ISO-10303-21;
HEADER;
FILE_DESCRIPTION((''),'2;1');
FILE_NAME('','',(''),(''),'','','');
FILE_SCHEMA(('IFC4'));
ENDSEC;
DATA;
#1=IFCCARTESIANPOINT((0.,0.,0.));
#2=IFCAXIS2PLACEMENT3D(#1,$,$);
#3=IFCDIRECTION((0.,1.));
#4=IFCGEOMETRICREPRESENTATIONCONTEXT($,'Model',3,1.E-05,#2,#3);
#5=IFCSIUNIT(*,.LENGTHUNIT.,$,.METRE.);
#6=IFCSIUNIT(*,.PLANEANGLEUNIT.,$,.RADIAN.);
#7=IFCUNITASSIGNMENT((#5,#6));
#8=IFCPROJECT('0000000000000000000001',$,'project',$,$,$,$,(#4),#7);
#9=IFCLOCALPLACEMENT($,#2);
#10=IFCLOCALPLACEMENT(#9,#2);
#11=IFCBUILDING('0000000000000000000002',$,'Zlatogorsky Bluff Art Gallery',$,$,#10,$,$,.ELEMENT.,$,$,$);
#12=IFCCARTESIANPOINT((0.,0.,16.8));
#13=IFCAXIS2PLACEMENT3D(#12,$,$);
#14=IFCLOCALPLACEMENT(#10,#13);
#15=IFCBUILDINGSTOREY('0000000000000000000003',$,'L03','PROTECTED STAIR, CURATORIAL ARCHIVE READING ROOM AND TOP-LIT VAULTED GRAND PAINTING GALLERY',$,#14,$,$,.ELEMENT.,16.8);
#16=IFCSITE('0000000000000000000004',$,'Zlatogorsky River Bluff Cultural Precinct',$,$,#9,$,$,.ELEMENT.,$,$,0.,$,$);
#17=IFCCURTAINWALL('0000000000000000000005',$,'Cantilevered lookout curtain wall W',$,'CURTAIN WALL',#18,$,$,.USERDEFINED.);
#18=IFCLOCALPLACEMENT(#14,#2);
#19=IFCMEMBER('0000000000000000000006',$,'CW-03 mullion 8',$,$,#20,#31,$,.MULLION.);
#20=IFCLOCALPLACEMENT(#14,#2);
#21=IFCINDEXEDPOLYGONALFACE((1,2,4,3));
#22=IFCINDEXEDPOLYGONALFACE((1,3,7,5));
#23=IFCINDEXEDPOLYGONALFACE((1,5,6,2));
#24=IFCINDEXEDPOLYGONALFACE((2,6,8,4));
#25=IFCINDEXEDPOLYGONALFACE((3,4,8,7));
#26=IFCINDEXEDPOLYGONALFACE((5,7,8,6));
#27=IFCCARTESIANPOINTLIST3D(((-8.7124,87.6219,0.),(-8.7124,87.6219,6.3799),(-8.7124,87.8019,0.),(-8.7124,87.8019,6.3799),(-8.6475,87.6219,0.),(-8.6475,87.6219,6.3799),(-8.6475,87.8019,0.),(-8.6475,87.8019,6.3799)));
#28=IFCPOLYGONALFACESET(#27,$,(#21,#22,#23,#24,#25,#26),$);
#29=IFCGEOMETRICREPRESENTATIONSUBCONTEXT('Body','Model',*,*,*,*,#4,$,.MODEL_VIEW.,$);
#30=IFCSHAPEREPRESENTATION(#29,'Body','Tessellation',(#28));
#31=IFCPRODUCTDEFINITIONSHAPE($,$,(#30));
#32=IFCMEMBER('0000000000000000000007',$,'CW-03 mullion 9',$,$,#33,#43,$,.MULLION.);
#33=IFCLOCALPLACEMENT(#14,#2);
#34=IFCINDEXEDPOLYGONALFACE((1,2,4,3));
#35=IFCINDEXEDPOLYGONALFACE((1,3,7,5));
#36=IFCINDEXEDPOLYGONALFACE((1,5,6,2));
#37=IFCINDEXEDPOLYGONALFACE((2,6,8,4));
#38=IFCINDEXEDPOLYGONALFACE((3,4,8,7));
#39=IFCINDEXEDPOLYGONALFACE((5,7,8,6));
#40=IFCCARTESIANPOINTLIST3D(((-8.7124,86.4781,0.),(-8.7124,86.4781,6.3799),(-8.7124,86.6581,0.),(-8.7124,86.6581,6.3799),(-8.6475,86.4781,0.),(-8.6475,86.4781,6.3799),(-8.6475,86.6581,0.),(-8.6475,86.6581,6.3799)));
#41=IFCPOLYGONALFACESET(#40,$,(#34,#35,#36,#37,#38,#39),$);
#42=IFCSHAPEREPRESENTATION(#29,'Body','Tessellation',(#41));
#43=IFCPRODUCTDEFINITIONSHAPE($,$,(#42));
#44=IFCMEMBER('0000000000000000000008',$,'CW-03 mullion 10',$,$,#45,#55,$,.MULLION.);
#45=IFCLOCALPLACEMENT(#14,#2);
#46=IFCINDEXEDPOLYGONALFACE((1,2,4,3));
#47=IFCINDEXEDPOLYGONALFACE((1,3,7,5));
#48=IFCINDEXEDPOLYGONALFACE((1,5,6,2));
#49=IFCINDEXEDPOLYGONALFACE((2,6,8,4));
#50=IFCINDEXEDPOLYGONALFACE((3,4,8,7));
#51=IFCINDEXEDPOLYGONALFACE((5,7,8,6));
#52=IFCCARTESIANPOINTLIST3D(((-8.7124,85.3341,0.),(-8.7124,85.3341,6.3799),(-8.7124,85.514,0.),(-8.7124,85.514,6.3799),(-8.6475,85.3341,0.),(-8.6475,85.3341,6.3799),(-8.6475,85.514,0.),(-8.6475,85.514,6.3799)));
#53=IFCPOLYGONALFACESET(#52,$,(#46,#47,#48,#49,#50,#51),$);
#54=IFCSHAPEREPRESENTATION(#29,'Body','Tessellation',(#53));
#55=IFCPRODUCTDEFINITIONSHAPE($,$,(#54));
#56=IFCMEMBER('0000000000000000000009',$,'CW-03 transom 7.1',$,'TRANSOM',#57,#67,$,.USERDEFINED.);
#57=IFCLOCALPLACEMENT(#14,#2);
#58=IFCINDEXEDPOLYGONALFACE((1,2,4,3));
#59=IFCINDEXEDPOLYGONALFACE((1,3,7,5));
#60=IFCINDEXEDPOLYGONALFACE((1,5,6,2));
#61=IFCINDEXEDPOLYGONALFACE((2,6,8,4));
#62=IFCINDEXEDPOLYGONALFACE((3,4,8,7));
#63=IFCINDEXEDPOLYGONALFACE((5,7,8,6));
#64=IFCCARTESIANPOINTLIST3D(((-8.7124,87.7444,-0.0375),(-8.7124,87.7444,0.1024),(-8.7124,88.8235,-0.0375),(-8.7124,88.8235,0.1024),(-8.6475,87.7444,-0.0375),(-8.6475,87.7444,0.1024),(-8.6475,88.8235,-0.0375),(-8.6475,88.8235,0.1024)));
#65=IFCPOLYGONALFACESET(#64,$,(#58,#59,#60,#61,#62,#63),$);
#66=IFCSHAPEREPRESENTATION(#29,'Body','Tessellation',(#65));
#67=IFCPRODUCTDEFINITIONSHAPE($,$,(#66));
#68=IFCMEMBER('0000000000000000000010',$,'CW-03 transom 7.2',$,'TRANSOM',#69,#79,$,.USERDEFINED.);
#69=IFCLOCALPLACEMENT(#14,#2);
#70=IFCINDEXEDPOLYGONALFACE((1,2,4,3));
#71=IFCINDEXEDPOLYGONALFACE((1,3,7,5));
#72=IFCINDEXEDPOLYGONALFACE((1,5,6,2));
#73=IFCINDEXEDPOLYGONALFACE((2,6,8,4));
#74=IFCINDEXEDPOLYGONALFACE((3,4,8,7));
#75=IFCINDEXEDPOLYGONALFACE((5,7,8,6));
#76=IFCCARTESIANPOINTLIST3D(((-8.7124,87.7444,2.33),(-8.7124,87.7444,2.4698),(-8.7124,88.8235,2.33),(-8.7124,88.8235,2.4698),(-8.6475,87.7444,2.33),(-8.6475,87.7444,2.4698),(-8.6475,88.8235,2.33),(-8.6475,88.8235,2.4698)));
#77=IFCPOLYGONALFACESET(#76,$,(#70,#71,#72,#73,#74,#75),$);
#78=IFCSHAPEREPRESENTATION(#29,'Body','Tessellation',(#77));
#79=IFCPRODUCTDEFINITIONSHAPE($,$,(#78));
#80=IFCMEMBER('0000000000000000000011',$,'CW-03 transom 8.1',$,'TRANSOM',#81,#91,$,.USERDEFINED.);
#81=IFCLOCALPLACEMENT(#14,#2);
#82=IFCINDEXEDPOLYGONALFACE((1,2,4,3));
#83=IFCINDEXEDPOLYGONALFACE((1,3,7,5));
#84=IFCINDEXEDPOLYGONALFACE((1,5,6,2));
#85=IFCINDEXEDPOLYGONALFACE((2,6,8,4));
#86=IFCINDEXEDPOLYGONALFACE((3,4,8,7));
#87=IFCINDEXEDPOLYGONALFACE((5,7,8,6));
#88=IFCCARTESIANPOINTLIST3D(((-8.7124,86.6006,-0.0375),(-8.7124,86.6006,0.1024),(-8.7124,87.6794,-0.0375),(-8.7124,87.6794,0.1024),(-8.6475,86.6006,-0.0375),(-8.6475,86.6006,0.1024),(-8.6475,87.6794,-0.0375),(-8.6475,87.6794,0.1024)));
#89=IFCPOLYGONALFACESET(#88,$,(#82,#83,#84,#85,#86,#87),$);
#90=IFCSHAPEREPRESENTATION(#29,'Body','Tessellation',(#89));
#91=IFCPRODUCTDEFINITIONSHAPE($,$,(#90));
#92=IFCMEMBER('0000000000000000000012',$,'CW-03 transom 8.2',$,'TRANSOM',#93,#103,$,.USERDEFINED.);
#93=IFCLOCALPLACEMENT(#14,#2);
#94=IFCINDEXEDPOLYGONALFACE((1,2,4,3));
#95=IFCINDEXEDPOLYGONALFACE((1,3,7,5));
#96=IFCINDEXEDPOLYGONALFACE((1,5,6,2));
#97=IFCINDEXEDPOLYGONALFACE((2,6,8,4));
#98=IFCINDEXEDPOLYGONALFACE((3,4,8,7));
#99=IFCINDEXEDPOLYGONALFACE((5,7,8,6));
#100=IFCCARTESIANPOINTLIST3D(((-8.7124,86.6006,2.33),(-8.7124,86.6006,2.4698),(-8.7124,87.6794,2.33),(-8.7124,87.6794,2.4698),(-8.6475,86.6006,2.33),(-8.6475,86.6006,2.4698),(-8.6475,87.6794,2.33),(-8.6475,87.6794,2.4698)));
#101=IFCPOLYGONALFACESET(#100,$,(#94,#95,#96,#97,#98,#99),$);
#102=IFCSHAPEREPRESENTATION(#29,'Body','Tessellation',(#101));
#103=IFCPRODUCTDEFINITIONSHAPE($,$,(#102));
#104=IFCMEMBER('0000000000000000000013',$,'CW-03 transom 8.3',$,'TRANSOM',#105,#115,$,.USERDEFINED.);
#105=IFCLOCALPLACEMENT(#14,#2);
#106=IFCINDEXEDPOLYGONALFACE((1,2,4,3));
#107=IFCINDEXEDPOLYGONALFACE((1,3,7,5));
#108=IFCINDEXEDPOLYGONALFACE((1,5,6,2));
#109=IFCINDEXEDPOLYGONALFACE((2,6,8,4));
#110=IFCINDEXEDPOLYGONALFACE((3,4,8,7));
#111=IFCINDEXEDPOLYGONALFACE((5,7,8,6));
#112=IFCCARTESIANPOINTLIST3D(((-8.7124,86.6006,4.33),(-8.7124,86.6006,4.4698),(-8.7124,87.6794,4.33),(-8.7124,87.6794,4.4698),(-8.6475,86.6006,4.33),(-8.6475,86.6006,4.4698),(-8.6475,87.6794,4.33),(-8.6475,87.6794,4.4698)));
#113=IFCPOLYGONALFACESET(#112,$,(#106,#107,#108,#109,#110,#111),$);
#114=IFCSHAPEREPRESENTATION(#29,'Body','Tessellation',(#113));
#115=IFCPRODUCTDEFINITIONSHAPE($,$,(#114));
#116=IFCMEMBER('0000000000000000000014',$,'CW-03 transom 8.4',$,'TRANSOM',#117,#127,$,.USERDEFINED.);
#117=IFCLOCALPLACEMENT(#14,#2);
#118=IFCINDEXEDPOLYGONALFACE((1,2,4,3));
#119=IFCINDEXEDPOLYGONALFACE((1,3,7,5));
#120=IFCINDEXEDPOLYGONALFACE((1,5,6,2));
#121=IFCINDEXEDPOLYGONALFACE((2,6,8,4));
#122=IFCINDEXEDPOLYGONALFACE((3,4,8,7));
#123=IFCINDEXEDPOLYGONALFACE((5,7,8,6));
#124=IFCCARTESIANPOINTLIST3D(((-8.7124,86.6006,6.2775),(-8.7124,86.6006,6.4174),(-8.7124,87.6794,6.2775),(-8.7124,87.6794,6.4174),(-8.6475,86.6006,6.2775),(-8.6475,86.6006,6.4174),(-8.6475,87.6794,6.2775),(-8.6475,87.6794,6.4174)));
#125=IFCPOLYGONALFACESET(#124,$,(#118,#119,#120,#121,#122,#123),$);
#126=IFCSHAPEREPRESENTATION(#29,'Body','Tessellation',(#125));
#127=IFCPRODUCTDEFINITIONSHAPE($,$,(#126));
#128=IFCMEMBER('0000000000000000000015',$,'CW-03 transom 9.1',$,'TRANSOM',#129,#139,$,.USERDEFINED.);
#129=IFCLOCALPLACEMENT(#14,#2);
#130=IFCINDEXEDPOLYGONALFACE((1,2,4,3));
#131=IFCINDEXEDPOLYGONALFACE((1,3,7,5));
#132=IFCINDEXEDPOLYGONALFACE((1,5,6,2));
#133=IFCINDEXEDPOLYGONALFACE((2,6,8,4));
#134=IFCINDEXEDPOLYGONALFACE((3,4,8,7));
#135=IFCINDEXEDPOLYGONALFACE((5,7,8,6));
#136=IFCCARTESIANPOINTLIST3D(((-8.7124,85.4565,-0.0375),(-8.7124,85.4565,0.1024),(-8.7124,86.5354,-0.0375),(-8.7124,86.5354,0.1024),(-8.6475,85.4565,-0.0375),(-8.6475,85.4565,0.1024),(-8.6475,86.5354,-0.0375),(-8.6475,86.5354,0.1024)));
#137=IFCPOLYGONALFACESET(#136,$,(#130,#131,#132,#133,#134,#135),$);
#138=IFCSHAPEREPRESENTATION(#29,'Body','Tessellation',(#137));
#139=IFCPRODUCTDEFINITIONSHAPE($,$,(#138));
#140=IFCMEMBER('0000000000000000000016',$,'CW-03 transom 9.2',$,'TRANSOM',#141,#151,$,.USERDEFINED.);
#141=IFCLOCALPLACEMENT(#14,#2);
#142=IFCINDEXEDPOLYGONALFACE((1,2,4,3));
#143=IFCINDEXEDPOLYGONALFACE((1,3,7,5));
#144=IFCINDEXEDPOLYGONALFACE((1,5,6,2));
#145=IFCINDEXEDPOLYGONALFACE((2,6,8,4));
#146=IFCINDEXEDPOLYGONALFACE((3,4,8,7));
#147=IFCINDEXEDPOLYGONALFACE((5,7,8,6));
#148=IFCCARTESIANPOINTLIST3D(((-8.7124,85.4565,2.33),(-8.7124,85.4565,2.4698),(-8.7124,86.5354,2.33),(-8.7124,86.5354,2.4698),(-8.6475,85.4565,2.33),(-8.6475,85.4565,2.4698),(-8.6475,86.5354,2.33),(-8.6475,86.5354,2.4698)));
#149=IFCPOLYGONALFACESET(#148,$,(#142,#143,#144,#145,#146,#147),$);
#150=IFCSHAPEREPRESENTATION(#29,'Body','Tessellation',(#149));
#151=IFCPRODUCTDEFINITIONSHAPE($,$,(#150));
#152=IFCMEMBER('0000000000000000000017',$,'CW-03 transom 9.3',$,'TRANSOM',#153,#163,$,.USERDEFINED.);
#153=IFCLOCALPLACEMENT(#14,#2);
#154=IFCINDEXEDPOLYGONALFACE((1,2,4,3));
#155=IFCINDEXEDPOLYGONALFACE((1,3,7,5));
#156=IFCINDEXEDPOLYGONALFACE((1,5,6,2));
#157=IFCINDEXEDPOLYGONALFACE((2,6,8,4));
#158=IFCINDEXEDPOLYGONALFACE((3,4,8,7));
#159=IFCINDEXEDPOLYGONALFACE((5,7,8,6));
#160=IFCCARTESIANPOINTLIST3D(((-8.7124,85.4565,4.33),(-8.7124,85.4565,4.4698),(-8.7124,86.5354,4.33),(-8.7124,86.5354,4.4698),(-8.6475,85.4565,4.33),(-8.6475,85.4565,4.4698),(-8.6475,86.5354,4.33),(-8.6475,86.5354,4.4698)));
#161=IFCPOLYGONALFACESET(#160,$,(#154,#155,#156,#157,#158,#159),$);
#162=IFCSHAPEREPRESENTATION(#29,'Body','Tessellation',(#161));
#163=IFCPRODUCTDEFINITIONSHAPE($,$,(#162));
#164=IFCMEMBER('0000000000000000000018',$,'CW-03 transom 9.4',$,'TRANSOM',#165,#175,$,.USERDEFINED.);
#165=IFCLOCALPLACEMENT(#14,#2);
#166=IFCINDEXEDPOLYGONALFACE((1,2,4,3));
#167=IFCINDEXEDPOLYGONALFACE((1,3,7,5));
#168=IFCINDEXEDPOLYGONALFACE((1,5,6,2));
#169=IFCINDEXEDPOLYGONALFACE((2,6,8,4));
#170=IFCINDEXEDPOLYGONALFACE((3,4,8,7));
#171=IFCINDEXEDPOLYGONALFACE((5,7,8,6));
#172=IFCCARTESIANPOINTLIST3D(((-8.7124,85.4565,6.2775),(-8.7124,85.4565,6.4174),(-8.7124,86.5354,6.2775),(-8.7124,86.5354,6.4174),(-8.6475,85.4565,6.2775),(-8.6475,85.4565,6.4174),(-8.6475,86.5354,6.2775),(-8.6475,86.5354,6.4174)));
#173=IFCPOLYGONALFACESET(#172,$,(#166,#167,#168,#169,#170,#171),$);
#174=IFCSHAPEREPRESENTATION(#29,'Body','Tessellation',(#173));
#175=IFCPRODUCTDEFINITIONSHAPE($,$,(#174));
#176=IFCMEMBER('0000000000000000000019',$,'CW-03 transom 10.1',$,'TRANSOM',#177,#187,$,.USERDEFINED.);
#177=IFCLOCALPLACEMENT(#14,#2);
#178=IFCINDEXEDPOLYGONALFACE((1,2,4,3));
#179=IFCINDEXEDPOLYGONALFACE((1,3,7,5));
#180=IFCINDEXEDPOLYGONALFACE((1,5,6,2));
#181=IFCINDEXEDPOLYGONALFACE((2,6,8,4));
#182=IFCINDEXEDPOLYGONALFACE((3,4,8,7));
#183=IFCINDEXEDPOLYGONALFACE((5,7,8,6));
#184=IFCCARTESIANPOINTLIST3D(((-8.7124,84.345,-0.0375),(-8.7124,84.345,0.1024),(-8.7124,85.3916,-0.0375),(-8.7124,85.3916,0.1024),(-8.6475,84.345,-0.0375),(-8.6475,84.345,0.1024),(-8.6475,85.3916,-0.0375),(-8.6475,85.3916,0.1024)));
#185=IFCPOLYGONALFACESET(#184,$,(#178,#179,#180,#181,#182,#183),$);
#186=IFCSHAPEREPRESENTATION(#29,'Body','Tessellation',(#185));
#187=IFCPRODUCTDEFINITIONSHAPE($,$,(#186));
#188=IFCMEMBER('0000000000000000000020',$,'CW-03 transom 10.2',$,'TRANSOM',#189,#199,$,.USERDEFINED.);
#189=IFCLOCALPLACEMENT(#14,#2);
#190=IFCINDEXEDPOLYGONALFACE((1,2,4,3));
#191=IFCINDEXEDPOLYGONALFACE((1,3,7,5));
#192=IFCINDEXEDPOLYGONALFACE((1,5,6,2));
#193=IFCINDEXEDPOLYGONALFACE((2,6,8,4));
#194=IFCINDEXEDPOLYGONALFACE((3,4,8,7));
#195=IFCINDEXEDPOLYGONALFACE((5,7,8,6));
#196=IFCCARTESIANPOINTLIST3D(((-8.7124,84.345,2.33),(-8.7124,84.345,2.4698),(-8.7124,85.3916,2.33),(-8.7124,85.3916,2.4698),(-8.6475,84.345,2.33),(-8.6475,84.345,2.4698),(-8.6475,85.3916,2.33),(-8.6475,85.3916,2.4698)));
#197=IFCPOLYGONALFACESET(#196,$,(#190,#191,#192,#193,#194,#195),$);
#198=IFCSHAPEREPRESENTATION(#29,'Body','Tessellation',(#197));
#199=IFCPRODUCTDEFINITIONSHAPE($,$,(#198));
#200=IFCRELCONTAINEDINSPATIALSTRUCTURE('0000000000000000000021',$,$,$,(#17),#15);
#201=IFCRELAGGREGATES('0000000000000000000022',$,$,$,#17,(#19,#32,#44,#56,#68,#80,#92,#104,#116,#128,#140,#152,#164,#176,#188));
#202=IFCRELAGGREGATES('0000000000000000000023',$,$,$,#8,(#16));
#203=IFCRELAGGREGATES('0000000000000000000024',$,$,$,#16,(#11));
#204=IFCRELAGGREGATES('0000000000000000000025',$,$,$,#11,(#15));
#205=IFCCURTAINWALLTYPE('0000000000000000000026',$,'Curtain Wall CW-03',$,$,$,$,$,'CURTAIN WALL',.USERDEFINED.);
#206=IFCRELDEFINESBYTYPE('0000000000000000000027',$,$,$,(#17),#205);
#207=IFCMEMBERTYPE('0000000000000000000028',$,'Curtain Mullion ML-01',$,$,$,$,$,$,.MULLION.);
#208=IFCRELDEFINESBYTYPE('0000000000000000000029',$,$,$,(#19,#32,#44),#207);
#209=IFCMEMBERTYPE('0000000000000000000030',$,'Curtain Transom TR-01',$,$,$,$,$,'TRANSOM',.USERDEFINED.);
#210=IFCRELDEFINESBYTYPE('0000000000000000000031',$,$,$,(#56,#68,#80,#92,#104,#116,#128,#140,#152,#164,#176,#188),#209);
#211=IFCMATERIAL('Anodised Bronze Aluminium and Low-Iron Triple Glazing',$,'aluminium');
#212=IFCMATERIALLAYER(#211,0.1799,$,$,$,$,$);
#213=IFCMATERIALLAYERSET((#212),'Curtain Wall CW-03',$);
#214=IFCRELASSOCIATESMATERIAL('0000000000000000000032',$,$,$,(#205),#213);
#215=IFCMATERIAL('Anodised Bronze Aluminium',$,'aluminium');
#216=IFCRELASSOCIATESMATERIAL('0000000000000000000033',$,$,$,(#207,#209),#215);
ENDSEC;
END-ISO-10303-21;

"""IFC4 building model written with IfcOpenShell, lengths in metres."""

from ifc_helpers import new_model, si_unit, direction, frame, origin, origin_2d, place, context, subcontext, project, spatial, rectangle, extrude, material, layer, layer_set, material_profile, profile_set, type_object, element, aggregate, save


model = new_model("IFC4")

# Units and contexts
model_context = context("Model", 3, precision=1e-05, world=origin(), true_north=direction((0.0, 1.0)))
body_context = subcontext(model_context, "Body", "Model", "MODEL_VIEW")
ifc_project = project(units=[si_unit("LENGTHUNIT", "METRE"), si_unit("PLANEANGLEUNIT", "RADIAN")], contexts=[model_context])

# Site, building, storey
site_placement = place(None, origin())
site = spatial("IfcSite", under=ifc_project, at=site_placement, Name="Zlatogorsky River Bluff Cultural Precinct", CompositionType="ELEMENT", RefElevation=0.0)
building_placement = place(site_placement, origin())
building = spatial("IfcBuilding", under=site, at=building_placement, Name="Zlatogorsky Bluff Art Gallery", CompositionType="ELEMENT")
storey_placement = place(building_placement, frame((0.0, 0.0, 16.8)))
storey = spatial("IfcBuildingStorey", under=building, at=storey_placement, Name="L03", Description="PROTECTED STAIR, CURATORIAL ARCHIVE READING ROOM AND TOP-LIT VAULTED GRAND PAINTING GALLERY", CompositionType="ELEMENT", Elevation=16.8)

# Curtain wall, members
ifc_material_1 = material(Name="Anodised Bronze Aluminium and Low-Iron Triple Glazing", Category="aluminium")
ifc_layer_1 = layer(ifc_material_1, 0.1799)
ifc_layer_set_1 = layer_set([ifc_layer_1], Name="Curtain Wall CW-03")
curtain_wall_type = type_object("IfcCurtainWallType", Name="Curtain Wall CW-03", ElementType="CURTAIN WALL", PredefinedType="USERDEFINED", material=ifc_layer_set_1)
curtain_wall_placement = place(storey_placement, origin())
curtain_wall = element("IfcCurtainWall", 1, at=curtain_wall_placement, inside=storey, type_object=curtain_wall_type, Name="Cantilevered lookout curtain wall W", ObjectType="CURTAIN WALL", PredefinedType="USERDEFINED")
ifc_material_2 = material(Name="Anodised Bronze Aluminium", Category="aluminium")
ifc_material_profile_1 = material_profile(ifc_material_2, rectangle(XDim=0.0649, YDim=0.1799, at=origin_2d()), Name="ALU MULLION 65x180")
ifc_profile_set_1 = profile_set([ifc_material_profile_1], Name="Anodised Bronze Aluminium")
member_type_1 = type_object("IfcMemberType", Name="Curtain Mullion ML-01", PredefinedType="MULLION", material=ifc_profile_set_1)
member_1_placement = place(storey_placement, frame((-8.6799, 87.7119, 0.0), z_axis=(0.0, 0.0, 1.0), x_axis=(1.0, 0.0, 0.0)))
member_1 = element("IfcMember", 2, at=member_1_placement, type_object=member_type_1, Name="CW-03 mullion 8", PredefinedType="MULLION", context=body_context, shape_type="SweptSolid", body=[
    extrude(rectangle(XDim=0.0649, YDim=0.1799, at=origin_2d()), origin(), (0.0, 0.0, 1.0), 6.3799),
])
member_2_placement = place(storey_placement, frame((-8.6799, 86.5681, 0.0), z_axis=(0.0, 0.0, 1.0), x_axis=(1.0, 0.0, 0.0)))
member_2 = element("IfcMember", 3, at=member_2_placement, type_object=member_type_1, Name="CW-03 mullion 9", PredefinedType="MULLION", context=body_context, shape_type="SweptSolid", body=[
    extrude(rectangle(XDim=0.0649, YDim=0.1799, at=origin_2d()), origin(), (0.0, 0.0, 1.0), 6.3799),
])
member_3_placement = place(storey_placement, frame((-8.6799, 85.4241, 0.0), z_axis=(0.0, 0.0, 1.0), x_axis=(1.0, 0.0, 0.0)))
member_3 = element("IfcMember", 4, at=member_3_placement, type_object=member_type_1, Name="CW-03 mullion 10", PredefinedType="MULLION", context=body_context, shape_type="SweptSolid", body=[
    extrude(rectangle(XDim=0.0649, YDim=0.1799, at=origin_2d()), origin(), (0.0, 0.0, 1.0), 6.3799),
])
ifc_material_profile_2 = material_profile(ifc_material_2, rectangle(XDim=0.0649, YDim=0.1399, at=origin_2d()), Name="ALU TRANSOM 65x140")
ifc_profile_set_2 = profile_set([ifc_material_profile_2], Name="Anodised Bronze Aluminium")
member_type_2 = type_object("IfcMemberType", Name="Curtain Transom TR-01", ElementType="TRANSOM", PredefinedType="USERDEFINED", material=ifc_profile_set_2)
member_4_placement = place(storey_placement, frame((-8.6799, 88.8235, 0.0325), z_axis=(0.0, -1.0, 0.0), x_axis=(1.0, 0.0, 0.0)))
member_4 = element("IfcMember", 5, at=member_4_placement, type_object=member_type_2, Name="CW-03 transom 7.1", ObjectType="TRANSOM", PredefinedType="USERDEFINED", context=body_context, shape_type="SweptSolid", body=[
    extrude(rectangle(XDim=0.0649, YDim=0.1399, at=origin_2d()), origin(), (0.0, 0.0, 1.0), 1.0791),
])
member_5_placement = place(storey_placement, frame((-8.6799, 88.8235, 2.3999), z_axis=(0.0, -1.0, 0.0), x_axis=(1.0, 0.0, 0.0)))
member_5 = element("IfcMember", 6, at=member_5_placement, type_object=member_type_2, Name="CW-03 transom 7.2", ObjectType="TRANSOM", PredefinedType="USERDEFINED", context=body_context, shape_type="SweptSolid", body=[
    extrude(rectangle(XDim=0.0649, YDim=0.1399, at=origin_2d()), origin(), (0.0, 0.0, 1.0), 1.0791),
])
member_6_placement = place(storey_placement, frame((-8.6799, 87.6794, 0.0325), z_axis=(0.0, -1.0, 0.0), x_axis=(1.0, 0.0, 0.0)))
member_6 = element("IfcMember", 7, at=member_6_placement, type_object=member_type_2, Name="CW-03 transom 8.1", ObjectType="TRANSOM", PredefinedType="USERDEFINED", context=body_context, shape_type="SweptSolid", body=[
    extrude(rectangle(XDim=0.0649, YDim=0.1399, at=origin_2d()), origin(), (0.0, 0.0, 1.0), 1.0789),
])
member_7_placement = place(storey_placement, frame((-8.6799, 87.6794, 2.3999), z_axis=(0.0, -1.0, 0.0), x_axis=(1.0, 0.0, 0.0)))
member_7 = element("IfcMember", 8, at=member_7_placement, type_object=member_type_2, Name="CW-03 transom 8.2", ObjectType="TRANSOM", PredefinedType="USERDEFINED", context=body_context, shape_type="SweptSolid", body=[
    extrude(rectangle(XDim=0.0649, YDim=0.1399, at=origin_2d()), origin(), (0.0, 0.0, 1.0), 1.0789),
])
member_8_placement = place(storey_placement, frame((-8.6799, 87.6794, 4.3999), z_axis=(0.0, -1.0, 0.0), x_axis=(1.0, 0.0, 0.0)))
member_8 = element("IfcMember", 9, at=member_8_placement, type_object=member_type_2, Name="CW-03 transom 8.3", ObjectType="TRANSOM", PredefinedType="USERDEFINED", context=body_context, shape_type="SweptSolid", body=[
    extrude(rectangle(XDim=0.0649, YDim=0.1399, at=origin_2d()), origin(), (0.0, 0.0, 1.0), 1.0789),
])
member_9_placement = place(storey_placement, frame((-8.6799, 87.6794, 6.3474), z_axis=(0.0, -1.0, 0.0), x_axis=(1.0, 0.0, 0.0)))
member_9 = element("IfcMember", 10, at=member_9_placement, type_object=member_type_2, Name="CW-03 transom 8.4", ObjectType="TRANSOM", PredefinedType="USERDEFINED", context=body_context, shape_type="SweptSolid", body=[
    extrude(rectangle(XDim=0.0649, YDim=0.1399, at=origin_2d()), origin(), (0.0, 0.0, 1.0), 1.0789),
])
member_10_placement = place(storey_placement, frame((-8.6799, 86.5354, 0.0325), z_axis=(0.0, -1.0, 0.0), x_axis=(1.0, 0.0, 0.0)))
member_10 = element("IfcMember", 11, at=member_10_placement, type_object=member_type_2, Name="CW-03 transom 9.1", ObjectType="TRANSOM", PredefinedType="USERDEFINED", context=body_context, shape_type="SweptSolid", body=[
    extrude(rectangle(XDim=0.0649, YDim=0.1399, at=origin_2d()), origin(), (0.0, 0.0, 1.0), 1.0789),
])
member_11_placement = place(storey_placement, frame((-8.6799, 86.5354, 2.3999), z_axis=(0.0, -1.0, 0.0), x_axis=(1.0, 0.0, 0.0)))
member_11 = element("IfcMember", 12, at=member_11_placement, type_object=member_type_2, Name="CW-03 transom 9.2", ObjectType="TRANSOM", PredefinedType="USERDEFINED", context=body_context, shape_type="SweptSolid", body=[
    extrude(rectangle(XDim=0.0649, YDim=0.1399, at=origin_2d()), origin(), (0.0, 0.0, 1.0), 1.0789),
])
member_12_placement = place(storey_placement, frame((-8.6799, 86.5354, 4.3999), z_axis=(0.0, -1.0, 0.0), x_axis=(1.0, 0.0, 0.0)))
member_12 = element("IfcMember", 13, at=member_12_placement, type_object=member_type_2, Name="CW-03 transom 9.3", ObjectType="TRANSOM", PredefinedType="USERDEFINED", context=body_context, shape_type="SweptSolid", body=[
    extrude(rectangle(XDim=0.0649, YDim=0.1399, at=origin_2d()), origin(), (0.0, 0.0, 1.0), 1.0789),
])
member_13_placement = place(storey_placement, frame((-8.6799, 86.5354, 6.3474), z_axis=(0.0, -1.0, 0.0), x_axis=(1.0, 0.0, 0.0)))
member_13 = element("IfcMember", 14, at=member_13_placement, type_object=member_type_2, Name="CW-03 transom 9.4", ObjectType="TRANSOM", PredefinedType="USERDEFINED", context=body_context, shape_type="SweptSolid", body=[
    extrude(rectangle(XDim=0.0649, YDim=0.1399, at=origin_2d()), origin(), (0.0, 0.0, 1.0), 1.0789),
])
member_14_placement = place(storey_placement, frame((-8.6799, 85.3916, 0.0325), z_axis=(0.0, -1.0, 0.0), x_axis=(1.0, 0.0, 0.0)))
member_14 = element("IfcMember", 15, at=member_14_placement, type_object=member_type_2, Name="CW-03 transom 10.1", ObjectType="TRANSOM", PredefinedType="USERDEFINED", context=body_context, shape_type="SweptSolid", body=[
    extrude(rectangle(XDim=0.0649, YDim=0.1399, at=origin_2d()), origin(), (0.0, 0.0, 1.0), 1.0466),
])
member_15_placement = place(storey_placement, frame((-8.6799, 85.3916, 2.3999), z_axis=(0.0, -1.0, 0.0), x_axis=(1.0, 0.0, 0.0)))
member_15 = element("IfcMember", 16, at=member_15_placement, type_object=member_type_2, Name="CW-03 transom 10.2", ObjectType="TRANSOM", PredefinedType="USERDEFINED", context=body_context, shape_type="SweptSolid", body=[
    extrude(rectangle(XDim=0.0649, YDim=0.1399, at=origin_2d()), origin(), (0.0, 0.0, 1.0), 1.0466),
])
aggregate(curtain_wall, [member_1, member_2, member_3, member_4, member_5, member_6, member_7, member_8, member_9, member_10, member_11, member_12, member_13, member_14, member_15])

save(model, "model.ifc")
